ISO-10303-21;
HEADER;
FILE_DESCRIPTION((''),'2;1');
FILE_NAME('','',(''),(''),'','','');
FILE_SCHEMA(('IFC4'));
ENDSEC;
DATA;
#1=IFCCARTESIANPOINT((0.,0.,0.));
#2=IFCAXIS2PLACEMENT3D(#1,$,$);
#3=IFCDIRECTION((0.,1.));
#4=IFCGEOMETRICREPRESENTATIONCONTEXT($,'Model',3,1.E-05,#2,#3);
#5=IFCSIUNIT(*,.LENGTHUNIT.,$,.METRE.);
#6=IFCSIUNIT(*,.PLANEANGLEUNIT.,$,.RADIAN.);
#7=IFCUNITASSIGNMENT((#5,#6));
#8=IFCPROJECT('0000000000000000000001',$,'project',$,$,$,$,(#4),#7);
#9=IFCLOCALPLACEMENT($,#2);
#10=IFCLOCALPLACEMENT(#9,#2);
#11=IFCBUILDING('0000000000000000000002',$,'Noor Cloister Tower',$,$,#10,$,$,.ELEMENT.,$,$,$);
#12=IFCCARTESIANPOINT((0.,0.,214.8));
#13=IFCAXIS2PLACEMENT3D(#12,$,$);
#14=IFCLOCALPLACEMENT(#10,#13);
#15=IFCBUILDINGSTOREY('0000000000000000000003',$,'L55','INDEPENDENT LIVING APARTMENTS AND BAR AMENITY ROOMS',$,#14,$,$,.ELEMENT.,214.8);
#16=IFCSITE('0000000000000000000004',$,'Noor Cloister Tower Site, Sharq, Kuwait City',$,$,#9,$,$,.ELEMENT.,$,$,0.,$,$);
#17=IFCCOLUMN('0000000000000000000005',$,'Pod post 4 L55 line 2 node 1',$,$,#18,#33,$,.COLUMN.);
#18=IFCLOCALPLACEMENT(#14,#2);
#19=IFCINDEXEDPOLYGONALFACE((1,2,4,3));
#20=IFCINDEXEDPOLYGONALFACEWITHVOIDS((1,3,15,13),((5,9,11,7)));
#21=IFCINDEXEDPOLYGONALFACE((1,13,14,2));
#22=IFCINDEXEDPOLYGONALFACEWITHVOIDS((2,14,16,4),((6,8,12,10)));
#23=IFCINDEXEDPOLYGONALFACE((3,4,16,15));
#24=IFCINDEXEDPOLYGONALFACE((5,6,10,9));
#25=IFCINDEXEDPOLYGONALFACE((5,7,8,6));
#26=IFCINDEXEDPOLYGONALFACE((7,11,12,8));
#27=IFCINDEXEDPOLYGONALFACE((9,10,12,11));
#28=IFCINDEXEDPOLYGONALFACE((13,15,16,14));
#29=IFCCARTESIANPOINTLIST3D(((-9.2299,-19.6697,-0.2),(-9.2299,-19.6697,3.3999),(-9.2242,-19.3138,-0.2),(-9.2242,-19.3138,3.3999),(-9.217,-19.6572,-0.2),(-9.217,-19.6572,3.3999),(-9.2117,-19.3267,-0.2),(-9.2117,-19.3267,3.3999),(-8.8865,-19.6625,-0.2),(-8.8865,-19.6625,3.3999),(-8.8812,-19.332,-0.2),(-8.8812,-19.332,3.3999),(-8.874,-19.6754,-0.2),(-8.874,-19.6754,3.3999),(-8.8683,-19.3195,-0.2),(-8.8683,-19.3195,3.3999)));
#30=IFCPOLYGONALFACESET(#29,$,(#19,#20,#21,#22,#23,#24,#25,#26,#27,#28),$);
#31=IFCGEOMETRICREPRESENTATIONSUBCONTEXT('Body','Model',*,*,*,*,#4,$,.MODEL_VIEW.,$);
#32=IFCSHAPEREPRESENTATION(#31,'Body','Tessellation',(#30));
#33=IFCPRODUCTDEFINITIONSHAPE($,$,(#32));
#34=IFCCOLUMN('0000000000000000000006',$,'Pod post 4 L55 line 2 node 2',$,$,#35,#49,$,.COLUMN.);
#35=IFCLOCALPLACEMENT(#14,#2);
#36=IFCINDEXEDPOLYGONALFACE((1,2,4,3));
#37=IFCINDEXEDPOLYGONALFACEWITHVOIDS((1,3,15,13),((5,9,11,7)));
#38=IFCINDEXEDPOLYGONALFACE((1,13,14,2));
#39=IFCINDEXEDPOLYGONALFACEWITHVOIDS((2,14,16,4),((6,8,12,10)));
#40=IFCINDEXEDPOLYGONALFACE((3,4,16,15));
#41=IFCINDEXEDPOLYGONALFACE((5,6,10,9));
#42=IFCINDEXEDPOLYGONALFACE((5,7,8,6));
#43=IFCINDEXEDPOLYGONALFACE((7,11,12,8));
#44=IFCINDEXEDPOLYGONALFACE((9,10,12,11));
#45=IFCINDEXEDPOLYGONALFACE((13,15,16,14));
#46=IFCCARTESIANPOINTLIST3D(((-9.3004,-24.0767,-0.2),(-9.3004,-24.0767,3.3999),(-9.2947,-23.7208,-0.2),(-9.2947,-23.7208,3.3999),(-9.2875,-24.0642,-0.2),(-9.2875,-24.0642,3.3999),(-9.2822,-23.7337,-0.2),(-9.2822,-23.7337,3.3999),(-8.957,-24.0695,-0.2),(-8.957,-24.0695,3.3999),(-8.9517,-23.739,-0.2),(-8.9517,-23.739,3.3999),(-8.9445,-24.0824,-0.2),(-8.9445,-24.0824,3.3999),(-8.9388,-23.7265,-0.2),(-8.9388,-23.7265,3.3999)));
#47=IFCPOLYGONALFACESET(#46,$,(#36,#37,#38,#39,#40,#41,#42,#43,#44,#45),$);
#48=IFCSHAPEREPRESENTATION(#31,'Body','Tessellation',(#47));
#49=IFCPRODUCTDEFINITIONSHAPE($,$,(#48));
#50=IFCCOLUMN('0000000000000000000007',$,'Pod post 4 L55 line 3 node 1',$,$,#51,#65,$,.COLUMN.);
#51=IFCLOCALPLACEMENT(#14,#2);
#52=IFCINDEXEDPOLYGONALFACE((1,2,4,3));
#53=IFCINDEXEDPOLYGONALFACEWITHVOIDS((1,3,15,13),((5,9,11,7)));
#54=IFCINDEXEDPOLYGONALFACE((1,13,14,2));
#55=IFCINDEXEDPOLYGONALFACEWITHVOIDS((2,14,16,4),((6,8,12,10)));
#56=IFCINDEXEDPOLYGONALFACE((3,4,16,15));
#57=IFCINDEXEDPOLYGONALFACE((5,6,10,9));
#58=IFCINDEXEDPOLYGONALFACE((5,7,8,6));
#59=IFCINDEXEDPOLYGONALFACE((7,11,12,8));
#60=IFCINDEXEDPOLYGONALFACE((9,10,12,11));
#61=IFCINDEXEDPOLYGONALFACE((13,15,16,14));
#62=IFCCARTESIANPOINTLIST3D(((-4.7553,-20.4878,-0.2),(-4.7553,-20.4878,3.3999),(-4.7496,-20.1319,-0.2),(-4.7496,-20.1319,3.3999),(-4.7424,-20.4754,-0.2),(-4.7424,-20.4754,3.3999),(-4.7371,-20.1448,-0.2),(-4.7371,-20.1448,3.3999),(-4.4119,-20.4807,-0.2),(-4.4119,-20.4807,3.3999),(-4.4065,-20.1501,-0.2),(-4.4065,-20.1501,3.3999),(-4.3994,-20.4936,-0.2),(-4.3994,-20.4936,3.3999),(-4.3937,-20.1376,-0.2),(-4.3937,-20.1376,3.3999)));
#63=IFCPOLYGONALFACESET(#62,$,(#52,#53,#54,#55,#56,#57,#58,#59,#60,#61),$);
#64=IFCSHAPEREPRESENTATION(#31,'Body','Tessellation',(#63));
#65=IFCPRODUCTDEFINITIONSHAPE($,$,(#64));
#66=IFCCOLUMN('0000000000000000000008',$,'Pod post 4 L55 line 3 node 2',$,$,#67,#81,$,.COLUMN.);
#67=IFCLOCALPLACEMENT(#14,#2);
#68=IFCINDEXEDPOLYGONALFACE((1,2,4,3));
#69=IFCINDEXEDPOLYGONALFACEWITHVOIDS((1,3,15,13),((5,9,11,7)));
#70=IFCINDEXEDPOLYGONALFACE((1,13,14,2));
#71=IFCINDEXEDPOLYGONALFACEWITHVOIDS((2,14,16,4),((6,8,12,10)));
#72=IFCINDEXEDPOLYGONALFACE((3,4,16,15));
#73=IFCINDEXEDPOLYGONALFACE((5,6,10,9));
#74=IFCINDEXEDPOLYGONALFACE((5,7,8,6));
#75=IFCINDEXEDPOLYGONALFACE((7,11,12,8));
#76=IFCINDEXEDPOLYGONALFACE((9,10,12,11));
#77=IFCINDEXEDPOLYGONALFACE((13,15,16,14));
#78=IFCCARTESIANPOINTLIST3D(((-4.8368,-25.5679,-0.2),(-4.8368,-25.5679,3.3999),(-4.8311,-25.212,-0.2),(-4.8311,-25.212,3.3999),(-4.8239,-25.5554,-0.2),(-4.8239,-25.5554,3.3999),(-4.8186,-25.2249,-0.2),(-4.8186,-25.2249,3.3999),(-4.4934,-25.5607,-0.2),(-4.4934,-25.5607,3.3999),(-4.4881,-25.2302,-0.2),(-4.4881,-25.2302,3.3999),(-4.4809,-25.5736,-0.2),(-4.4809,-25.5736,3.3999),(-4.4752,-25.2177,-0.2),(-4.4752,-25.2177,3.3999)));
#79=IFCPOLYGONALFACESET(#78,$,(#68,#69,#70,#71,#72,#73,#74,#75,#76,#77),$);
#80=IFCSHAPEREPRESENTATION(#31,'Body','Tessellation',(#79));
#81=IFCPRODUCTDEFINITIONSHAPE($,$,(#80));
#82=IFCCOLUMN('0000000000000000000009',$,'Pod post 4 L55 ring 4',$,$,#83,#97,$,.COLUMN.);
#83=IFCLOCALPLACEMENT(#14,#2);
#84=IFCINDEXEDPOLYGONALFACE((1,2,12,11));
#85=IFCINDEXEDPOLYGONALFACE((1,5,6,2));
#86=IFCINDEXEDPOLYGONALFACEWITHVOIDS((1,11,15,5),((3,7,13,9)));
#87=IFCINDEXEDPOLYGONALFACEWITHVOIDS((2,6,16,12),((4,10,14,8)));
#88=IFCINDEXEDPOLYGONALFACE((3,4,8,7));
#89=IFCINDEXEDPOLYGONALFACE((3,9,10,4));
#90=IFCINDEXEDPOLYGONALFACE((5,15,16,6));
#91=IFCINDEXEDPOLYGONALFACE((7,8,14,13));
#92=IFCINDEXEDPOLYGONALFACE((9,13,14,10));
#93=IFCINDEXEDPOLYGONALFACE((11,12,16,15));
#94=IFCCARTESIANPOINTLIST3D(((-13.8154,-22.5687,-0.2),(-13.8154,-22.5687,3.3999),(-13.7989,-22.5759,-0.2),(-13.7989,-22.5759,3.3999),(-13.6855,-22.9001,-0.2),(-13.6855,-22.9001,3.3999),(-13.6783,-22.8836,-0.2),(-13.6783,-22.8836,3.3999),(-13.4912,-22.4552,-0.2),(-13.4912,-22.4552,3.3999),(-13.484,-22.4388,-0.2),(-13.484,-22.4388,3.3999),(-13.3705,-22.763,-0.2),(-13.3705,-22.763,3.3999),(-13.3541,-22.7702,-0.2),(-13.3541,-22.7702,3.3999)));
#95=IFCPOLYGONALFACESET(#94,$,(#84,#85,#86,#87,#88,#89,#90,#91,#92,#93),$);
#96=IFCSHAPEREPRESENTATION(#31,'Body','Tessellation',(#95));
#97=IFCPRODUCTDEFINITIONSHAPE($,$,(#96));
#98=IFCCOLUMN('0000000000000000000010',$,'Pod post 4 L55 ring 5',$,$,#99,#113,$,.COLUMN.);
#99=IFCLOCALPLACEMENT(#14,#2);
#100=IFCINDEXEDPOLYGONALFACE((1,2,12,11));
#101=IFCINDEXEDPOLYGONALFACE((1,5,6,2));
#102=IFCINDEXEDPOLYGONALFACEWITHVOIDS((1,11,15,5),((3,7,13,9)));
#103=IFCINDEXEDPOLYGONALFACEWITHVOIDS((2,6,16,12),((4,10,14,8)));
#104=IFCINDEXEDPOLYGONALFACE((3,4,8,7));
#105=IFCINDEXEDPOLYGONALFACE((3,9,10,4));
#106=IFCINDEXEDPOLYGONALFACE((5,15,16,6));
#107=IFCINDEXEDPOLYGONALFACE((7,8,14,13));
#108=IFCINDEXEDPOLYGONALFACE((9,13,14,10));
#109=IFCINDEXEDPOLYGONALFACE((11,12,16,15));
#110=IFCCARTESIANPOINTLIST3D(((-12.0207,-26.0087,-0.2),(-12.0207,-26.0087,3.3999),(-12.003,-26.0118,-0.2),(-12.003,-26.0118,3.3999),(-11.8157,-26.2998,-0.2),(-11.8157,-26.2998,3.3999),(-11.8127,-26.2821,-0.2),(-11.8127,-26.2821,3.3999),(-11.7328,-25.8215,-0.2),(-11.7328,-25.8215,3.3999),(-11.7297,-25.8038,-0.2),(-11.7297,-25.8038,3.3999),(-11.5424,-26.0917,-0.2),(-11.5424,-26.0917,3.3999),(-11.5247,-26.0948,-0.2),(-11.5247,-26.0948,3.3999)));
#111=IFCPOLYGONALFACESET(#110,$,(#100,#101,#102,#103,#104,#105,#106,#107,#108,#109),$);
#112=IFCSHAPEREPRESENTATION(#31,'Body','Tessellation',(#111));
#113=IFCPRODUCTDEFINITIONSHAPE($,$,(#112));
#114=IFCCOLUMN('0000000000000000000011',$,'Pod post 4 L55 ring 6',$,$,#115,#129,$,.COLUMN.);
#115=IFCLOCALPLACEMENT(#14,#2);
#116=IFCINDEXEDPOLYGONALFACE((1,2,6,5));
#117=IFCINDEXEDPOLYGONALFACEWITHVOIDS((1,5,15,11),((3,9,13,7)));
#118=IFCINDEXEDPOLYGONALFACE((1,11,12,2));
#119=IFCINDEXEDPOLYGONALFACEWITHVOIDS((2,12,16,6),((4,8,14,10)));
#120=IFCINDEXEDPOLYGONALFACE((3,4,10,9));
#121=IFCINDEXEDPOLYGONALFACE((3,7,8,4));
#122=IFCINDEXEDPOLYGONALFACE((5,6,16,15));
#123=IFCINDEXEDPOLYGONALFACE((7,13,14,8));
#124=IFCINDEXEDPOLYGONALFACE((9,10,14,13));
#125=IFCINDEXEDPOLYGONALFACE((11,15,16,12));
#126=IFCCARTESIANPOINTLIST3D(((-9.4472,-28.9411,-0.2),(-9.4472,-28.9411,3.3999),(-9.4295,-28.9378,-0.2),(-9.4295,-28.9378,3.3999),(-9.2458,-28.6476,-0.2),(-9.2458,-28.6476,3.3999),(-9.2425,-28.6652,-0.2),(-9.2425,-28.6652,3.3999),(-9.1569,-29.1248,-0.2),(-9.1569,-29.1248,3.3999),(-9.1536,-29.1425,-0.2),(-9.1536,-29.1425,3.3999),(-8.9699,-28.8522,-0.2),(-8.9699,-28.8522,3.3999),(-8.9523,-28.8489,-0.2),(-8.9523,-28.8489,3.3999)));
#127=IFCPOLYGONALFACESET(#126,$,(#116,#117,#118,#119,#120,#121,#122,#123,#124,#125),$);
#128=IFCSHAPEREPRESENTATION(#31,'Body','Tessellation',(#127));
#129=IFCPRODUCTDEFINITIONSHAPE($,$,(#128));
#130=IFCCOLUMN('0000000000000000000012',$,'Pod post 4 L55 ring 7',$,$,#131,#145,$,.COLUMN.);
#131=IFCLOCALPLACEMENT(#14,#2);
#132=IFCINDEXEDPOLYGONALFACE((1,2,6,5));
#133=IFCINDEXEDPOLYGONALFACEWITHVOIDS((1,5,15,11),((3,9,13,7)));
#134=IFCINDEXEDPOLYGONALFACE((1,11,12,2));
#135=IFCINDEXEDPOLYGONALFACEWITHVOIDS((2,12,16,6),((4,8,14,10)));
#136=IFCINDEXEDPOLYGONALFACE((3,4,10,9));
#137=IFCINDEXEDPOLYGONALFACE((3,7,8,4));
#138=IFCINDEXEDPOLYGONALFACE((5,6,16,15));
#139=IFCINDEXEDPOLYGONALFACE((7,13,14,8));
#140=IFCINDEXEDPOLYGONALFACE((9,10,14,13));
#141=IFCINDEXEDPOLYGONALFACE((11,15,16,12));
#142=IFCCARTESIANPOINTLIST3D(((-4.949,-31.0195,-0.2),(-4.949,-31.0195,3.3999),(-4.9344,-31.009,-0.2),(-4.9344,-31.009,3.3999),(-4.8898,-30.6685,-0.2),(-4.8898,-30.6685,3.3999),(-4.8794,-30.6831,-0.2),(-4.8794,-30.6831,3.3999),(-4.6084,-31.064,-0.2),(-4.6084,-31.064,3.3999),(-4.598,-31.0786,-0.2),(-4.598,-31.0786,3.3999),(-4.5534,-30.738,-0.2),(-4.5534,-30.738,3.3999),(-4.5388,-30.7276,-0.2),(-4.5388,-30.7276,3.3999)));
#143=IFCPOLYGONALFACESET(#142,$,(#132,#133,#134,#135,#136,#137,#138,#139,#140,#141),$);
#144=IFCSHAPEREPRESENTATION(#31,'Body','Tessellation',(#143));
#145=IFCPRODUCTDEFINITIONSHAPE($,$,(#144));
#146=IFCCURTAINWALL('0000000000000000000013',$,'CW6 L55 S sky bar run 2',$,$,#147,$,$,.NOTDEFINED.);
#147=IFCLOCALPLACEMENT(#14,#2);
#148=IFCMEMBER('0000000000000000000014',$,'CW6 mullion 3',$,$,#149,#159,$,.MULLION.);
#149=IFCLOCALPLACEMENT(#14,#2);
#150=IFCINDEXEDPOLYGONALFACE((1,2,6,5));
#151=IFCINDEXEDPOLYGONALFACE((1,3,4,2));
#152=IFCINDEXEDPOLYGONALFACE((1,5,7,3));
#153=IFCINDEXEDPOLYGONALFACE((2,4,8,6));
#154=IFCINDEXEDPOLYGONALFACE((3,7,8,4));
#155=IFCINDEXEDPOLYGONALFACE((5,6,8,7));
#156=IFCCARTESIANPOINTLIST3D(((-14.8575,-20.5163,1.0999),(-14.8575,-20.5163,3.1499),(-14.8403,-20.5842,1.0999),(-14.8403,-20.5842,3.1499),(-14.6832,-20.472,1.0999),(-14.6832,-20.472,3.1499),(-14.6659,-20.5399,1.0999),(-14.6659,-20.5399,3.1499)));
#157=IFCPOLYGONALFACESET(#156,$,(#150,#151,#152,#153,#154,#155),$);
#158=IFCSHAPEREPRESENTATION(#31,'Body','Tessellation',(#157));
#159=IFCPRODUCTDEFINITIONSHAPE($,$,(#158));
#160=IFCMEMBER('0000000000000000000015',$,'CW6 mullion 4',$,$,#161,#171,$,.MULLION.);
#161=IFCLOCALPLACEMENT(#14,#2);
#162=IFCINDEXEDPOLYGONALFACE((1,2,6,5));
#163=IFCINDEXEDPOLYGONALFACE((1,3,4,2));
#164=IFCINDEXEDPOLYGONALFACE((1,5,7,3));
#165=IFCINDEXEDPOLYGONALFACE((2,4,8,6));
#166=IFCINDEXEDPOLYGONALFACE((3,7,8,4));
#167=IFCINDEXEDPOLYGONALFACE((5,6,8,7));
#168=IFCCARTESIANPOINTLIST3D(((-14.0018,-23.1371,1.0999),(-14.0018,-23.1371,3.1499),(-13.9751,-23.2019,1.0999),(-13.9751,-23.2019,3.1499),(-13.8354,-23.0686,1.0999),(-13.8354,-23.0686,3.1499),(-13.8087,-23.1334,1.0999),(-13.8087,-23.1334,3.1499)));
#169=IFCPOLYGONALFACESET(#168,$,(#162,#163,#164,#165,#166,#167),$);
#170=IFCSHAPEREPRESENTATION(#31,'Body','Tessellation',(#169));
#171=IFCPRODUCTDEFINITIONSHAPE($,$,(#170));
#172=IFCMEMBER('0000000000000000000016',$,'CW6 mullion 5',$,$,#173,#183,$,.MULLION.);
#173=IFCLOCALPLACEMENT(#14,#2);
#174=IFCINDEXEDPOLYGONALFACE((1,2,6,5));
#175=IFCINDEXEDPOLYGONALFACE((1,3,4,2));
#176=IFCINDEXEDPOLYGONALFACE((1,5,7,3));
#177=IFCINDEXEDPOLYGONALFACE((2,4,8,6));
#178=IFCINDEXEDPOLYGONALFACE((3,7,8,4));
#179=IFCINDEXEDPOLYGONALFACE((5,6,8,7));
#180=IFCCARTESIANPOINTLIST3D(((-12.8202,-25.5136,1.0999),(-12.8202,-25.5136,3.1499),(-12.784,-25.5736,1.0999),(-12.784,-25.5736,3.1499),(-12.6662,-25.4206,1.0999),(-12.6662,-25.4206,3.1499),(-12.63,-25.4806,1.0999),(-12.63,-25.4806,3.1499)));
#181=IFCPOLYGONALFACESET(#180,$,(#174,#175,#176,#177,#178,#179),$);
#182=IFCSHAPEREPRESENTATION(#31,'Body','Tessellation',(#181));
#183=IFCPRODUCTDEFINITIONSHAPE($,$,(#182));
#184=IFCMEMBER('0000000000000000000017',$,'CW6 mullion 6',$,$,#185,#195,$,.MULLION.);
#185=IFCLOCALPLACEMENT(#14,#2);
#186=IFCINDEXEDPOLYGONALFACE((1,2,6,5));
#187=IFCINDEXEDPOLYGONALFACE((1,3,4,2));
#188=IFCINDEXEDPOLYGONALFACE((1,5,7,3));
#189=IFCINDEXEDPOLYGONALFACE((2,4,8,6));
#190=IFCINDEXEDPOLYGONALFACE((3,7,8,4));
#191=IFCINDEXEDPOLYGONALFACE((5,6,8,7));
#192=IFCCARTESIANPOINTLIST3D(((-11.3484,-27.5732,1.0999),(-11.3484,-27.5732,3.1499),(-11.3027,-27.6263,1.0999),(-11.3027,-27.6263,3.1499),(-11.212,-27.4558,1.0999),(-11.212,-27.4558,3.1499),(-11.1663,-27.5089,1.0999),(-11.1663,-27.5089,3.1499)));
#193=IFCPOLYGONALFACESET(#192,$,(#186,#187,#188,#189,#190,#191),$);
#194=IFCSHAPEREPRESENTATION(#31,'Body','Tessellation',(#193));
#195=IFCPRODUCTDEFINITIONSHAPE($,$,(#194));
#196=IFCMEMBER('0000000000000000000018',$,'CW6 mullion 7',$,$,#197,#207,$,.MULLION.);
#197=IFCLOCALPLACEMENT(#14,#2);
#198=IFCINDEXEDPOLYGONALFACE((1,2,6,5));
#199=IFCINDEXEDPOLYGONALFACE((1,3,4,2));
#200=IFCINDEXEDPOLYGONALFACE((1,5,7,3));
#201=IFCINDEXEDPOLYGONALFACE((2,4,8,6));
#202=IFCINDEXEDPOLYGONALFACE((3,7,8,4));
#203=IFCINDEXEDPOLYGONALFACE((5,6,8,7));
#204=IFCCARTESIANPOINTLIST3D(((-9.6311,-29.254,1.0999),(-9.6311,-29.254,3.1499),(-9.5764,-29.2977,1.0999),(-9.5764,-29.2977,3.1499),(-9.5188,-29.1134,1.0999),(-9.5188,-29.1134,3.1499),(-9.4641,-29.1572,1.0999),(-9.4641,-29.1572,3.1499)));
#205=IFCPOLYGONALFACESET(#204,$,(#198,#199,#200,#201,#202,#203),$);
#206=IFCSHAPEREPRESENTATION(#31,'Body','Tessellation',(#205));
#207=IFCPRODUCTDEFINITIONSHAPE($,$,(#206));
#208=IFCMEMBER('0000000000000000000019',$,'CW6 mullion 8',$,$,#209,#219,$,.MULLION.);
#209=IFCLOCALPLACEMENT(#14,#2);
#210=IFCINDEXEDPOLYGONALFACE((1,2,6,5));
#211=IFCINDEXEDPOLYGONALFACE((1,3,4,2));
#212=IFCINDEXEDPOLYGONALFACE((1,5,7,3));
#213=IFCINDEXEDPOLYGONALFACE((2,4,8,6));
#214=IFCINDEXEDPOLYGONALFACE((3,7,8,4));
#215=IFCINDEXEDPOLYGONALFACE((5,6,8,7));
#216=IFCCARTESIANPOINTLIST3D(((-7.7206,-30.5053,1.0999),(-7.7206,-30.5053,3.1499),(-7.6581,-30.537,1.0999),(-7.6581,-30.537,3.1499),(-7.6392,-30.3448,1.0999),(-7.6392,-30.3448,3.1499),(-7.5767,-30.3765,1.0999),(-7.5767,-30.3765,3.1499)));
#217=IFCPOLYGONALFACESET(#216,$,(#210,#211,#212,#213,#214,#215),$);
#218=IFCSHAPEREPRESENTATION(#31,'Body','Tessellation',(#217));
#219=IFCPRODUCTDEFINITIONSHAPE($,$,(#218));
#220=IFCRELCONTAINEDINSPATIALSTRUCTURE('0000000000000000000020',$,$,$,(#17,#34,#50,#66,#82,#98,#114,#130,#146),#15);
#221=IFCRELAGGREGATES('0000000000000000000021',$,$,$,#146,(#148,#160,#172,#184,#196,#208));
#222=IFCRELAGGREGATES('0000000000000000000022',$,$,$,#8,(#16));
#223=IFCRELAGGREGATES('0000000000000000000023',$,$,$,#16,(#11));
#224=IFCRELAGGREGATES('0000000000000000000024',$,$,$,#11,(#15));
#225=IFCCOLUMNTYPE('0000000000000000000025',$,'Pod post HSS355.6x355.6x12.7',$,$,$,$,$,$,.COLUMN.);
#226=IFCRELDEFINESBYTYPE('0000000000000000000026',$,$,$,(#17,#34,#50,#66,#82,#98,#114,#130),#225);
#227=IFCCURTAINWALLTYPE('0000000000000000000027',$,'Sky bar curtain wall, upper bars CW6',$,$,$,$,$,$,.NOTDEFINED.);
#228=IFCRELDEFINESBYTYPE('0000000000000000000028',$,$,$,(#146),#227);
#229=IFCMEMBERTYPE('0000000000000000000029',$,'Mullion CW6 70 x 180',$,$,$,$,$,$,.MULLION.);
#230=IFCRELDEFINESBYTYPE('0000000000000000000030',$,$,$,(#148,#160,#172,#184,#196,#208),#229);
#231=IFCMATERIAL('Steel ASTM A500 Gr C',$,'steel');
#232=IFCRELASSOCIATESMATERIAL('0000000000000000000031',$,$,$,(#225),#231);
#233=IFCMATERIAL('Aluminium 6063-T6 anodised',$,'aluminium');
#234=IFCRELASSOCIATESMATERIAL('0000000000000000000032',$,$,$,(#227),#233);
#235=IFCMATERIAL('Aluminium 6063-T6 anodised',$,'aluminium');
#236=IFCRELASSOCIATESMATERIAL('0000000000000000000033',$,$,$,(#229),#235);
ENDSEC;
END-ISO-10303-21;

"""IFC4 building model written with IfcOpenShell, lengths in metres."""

from ifc_helpers import new_model, si_unit, direction, frame, origin, origin_2d, place, context, subcontext, project, spatial, rectangle, hollow_rectangle, extrude, material, material_profile, profile_set, type_object, element, aggregate, save


model = new_model("IFC4")

# Units and contexts
model_context = context("Model", 3, precision=1e-05, world=origin(), true_north=direction((0.0, 1.0)))
body_context = subcontext(model_context, "Body", "Model", "MODEL_VIEW")
ifc_project = project(units=[si_unit("LENGTHUNIT", "METRE"), si_unit("PLANEANGLEUNIT", "RADIAN")], contexts=[model_context])

# Site, building, storey
site_placement = place(None, origin())
site = spatial("IfcSite", under=ifc_project, at=site_placement, Name="Noor Cloister Tower Site, Sharq, Kuwait City", CompositionType="ELEMENT", RefElevation=0.0)
building_placement = place(site_placement, origin())
building = spatial("IfcBuilding", under=site, at=building_placement, Name="Noor Cloister Tower", CompositionType="ELEMENT")
storey_placement = place(building_placement, frame((0.0, 0.0, 214.8)))
storey = spatial("IfcBuildingStorey", under=building, at=storey_placement, Name="L55", Description="INDEPENDENT LIVING APARTMENTS AND BAR AMENITY ROOMS", CompositionType="ELEMENT", Elevation=214.8)

# Columns
ifc_material_1 = material(Name="Steel ASTM A500 Gr C", Category="steel")
ifc_material_profile_1 = material_profile(ifc_material_1, hollow_rectangle(XDim=0.356, YDim=0.356, WallThickness=0.0127, at=origin_2d()), Name="HSS355.6x355.6x12.7")
ifc_profile_set_1 = profile_set([ifc_material_profile_1], Name="Steel ASTM A500 Gr C")
column_type = type_object("IfcColumnType", Name="Pod post HSS355.6x355.6x12.7", PredefinedType="COLUMN", material=ifc_profile_set_1)
for number, where, z_axis, x_axis, name in (
    (1, (-9.0491, -19.4946, -0.2), (0.0, 0.0, 1.0), (-0.016039, -0.999871, 0.0), "Pod post 4 L55 line 2 node 1"),
    (2, (-9.1196, -23.9016, -0.2), (0.0, 0.0, 1.0), (-0.016039, -0.999871, 0.0), "Pod post 4 L55 line 2 node 2"),
    (3, (-4.5745, -20.3127, -0.2), (0.0, 0.0, 1.0), (-0.016039, -0.999871, 0.0), "Pod post 4 L55 line 3 node 1"),
    (4, (-4.656, -25.3928, -0.2), (0.0, 0.0, 1.0), (-0.016039, -0.999871, 0.0), "Pod post 4 L55 line 3 node 2"),
    (5, (-13.5847, -22.6694, -0.2), (0.0, 0.0, 1.0), (0.364969, -0.93102, 0.0), "Pod post 4 L55 ring 4"),
    (6, (-11.7727, -26.0518, -0.2), (0.0, 0.0, 1.0), (0.575844, -0.817559, 0.0), "Pod post 4 L55 ring 5"),
    (7, (-9.1997, -28.895, -0.2), (0.0, 0.0, 1.0), (0.824617, -0.565692, 0.0), "Pod post 4 L55 ring 6"),
    (8, (-4.7439, -30.8735, -0.2), (0.0, 0.0, 1.0), (0.98609, -0.166213, 0.0), "Pod post 4 L55 ring 7"),
):
    element("IfcColumn", number, at=place(storey_placement, frame(where, z_axis=z_axis, x_axis=x_axis)), inside=storey, type_object=column_type, Name=name, PredefinedType="COLUMN", context=body_context, shape_type="SweptSolid", body=[
        extrude(hollow_rectangle(XDim=0.356, YDim=0.356, WallThickness=0.0127, at=origin_2d()), origin(), (0.0, 0.0, 1.0), 3.5999),
    ])

# Curtain wall, members
ifc_material_2 = material(Name="Aluminium 6063-T6 anodised", Category="aluminium")
curtain_wall_type = type_object("IfcCurtainWallType", Name="Sky bar curtain wall, upper bars CW6", PredefinedType="NOTDEFINED", material=ifc_material_2)
curtain_wall_placement = place(storey_placement, origin())
curtain_wall = element("IfcCurtainWall", 9, at=curtain_wall_placement, inside=storey, type_object=curtain_wall_type, Name="CW6 L55 S sky bar run 2", PredefinedType="NOTDEFINED")
ifc_material_3 = material(Name="Aluminium 6063-T6 anodised", Category="aluminium")
ifc_material_profile_2 = material_profile(ifc_material_3, rectangle(XDim=0.1799, YDim=0.0701, at=origin_2d()), Name="180 x 70 mullion")
ifc_profile_set_2 = profile_set([ifc_material_profile_2], Name="Aluminium 6063-T6 anodised")
member_type = type_object("IfcMemberType", Name="Mullion CW6 70 x 180", PredefinedType="MULLION", material=ifc_profile_set_2)
member_1_placement = place(storey_placement, frame((-14.7617, -20.5281, 1.0999), z_axis=(0.0, 0.0, 1.0), x_axis=(0.969193, 0.246301, 0.0)))
member_1 = element("IfcMember", 10, at=member_1_placement, type_object=member_type, Name="CW6 mullion 3", PredefinedType="MULLION", context=body_context, shape_type="SweptSolid", body=[
    extrude(rectangle(XDim=0.1799, YDim=0.0701, at=origin_2d()), origin(), (0.0, 0.0, 1.0), 2.05),
])
member_2_placement = place(storey_placement, frame((-13.9053, -23.1353, 1.0999), z_axis=(0.0, 0.0, 1.0), x_axis=(0.924752, 0.38057, 0.0)))
member_2 = element("IfcMember", 11, at=member_2_placement, type_object=member_type, Name="CW6 mullion 4", PredefinedType="MULLION", context=body_context, shape_type="SweptSolid", body=[
    extrude(rectangle(XDim=0.1799, YDim=0.0701, at=origin_2d()), origin(), (0.0, 0.0, 1.0), 2.05),
])
member_3_placement = place(storey_placement, frame((-12.7251, -25.4971, 1.0999), z_axis=(0.0, 0.0, 1.0), x_axis=(0.856104, 0.516804, 0.0)))
member_3 = element("IfcMember", 12, at=member_3_placement, type_object=member_type, Name="CW6 mullion 5", PredefinedType="MULLION", context=body_context, shape_type="SweptSolid", body=[
    extrude(rectangle(XDim=0.1799, YDim=0.0701, at=origin_2d()), origin(), (0.0, 0.0, 1.0), 2.05),
])
member_4_placement = place(storey_placement, frame((-11.2573, -27.541, 1.0999), z_axis=(0.0, 0.0, 1.0), x_axis=(0.757871, 0.652405, 0.0)))
member_4 = element("IfcMember", 13, at=member_4_placement, type_object=member_type, Name="CW6 mullion 6", PredefinedType="MULLION", context=body_context, shape_type="SweptSolid", body=[
    extrude(rectangle(XDim=0.1799, YDim=0.0701, at=origin_2d()), origin(), (0.0, 0.0, 1.0), 2.05),
])
member_5_placement = place(storey_placement, frame((-9.5476, -29.2056, 1.0999), z_axis=(0.0, 0.0, 1.0), x_axis=(0.62441, 0.781097, 0.0)))
member_5 = element("IfcMember", 14, at=member_5_placement, type_object=member_type, Name="CW6 mullion 7", PredefinedType="MULLION", context=body_context, shape_type="SweptSolid", body=[
    extrude(rectangle(XDim=0.1799, YDim=0.0701, at=origin_2d()), origin(), (0.0, 0.0, 1.0), 2.05),
])
member_6_placement = place(storey_placement, frame((-7.6487, -30.4409, 1.0999), z_axis=(0.0, 0.0, 1.0), x_axis=(0.452451, 0.891789, 0.0)))
member_6 = element("IfcMember", 15, at=member_6_placement, type_object=member_type, Name="CW6 mullion 8", PredefinedType="MULLION", context=body_context, shape_type="SweptSolid", body=[
    extrude(rectangle(XDim=0.1799, YDim=0.0701, at=origin_2d()), origin(), (0.0, 0.0, 1.0), 2.05),
])
aggregate(curtain_wall, [member_1, member_2, member_3, member_4, member_5, member_6])

save(model, "model.ifc")
